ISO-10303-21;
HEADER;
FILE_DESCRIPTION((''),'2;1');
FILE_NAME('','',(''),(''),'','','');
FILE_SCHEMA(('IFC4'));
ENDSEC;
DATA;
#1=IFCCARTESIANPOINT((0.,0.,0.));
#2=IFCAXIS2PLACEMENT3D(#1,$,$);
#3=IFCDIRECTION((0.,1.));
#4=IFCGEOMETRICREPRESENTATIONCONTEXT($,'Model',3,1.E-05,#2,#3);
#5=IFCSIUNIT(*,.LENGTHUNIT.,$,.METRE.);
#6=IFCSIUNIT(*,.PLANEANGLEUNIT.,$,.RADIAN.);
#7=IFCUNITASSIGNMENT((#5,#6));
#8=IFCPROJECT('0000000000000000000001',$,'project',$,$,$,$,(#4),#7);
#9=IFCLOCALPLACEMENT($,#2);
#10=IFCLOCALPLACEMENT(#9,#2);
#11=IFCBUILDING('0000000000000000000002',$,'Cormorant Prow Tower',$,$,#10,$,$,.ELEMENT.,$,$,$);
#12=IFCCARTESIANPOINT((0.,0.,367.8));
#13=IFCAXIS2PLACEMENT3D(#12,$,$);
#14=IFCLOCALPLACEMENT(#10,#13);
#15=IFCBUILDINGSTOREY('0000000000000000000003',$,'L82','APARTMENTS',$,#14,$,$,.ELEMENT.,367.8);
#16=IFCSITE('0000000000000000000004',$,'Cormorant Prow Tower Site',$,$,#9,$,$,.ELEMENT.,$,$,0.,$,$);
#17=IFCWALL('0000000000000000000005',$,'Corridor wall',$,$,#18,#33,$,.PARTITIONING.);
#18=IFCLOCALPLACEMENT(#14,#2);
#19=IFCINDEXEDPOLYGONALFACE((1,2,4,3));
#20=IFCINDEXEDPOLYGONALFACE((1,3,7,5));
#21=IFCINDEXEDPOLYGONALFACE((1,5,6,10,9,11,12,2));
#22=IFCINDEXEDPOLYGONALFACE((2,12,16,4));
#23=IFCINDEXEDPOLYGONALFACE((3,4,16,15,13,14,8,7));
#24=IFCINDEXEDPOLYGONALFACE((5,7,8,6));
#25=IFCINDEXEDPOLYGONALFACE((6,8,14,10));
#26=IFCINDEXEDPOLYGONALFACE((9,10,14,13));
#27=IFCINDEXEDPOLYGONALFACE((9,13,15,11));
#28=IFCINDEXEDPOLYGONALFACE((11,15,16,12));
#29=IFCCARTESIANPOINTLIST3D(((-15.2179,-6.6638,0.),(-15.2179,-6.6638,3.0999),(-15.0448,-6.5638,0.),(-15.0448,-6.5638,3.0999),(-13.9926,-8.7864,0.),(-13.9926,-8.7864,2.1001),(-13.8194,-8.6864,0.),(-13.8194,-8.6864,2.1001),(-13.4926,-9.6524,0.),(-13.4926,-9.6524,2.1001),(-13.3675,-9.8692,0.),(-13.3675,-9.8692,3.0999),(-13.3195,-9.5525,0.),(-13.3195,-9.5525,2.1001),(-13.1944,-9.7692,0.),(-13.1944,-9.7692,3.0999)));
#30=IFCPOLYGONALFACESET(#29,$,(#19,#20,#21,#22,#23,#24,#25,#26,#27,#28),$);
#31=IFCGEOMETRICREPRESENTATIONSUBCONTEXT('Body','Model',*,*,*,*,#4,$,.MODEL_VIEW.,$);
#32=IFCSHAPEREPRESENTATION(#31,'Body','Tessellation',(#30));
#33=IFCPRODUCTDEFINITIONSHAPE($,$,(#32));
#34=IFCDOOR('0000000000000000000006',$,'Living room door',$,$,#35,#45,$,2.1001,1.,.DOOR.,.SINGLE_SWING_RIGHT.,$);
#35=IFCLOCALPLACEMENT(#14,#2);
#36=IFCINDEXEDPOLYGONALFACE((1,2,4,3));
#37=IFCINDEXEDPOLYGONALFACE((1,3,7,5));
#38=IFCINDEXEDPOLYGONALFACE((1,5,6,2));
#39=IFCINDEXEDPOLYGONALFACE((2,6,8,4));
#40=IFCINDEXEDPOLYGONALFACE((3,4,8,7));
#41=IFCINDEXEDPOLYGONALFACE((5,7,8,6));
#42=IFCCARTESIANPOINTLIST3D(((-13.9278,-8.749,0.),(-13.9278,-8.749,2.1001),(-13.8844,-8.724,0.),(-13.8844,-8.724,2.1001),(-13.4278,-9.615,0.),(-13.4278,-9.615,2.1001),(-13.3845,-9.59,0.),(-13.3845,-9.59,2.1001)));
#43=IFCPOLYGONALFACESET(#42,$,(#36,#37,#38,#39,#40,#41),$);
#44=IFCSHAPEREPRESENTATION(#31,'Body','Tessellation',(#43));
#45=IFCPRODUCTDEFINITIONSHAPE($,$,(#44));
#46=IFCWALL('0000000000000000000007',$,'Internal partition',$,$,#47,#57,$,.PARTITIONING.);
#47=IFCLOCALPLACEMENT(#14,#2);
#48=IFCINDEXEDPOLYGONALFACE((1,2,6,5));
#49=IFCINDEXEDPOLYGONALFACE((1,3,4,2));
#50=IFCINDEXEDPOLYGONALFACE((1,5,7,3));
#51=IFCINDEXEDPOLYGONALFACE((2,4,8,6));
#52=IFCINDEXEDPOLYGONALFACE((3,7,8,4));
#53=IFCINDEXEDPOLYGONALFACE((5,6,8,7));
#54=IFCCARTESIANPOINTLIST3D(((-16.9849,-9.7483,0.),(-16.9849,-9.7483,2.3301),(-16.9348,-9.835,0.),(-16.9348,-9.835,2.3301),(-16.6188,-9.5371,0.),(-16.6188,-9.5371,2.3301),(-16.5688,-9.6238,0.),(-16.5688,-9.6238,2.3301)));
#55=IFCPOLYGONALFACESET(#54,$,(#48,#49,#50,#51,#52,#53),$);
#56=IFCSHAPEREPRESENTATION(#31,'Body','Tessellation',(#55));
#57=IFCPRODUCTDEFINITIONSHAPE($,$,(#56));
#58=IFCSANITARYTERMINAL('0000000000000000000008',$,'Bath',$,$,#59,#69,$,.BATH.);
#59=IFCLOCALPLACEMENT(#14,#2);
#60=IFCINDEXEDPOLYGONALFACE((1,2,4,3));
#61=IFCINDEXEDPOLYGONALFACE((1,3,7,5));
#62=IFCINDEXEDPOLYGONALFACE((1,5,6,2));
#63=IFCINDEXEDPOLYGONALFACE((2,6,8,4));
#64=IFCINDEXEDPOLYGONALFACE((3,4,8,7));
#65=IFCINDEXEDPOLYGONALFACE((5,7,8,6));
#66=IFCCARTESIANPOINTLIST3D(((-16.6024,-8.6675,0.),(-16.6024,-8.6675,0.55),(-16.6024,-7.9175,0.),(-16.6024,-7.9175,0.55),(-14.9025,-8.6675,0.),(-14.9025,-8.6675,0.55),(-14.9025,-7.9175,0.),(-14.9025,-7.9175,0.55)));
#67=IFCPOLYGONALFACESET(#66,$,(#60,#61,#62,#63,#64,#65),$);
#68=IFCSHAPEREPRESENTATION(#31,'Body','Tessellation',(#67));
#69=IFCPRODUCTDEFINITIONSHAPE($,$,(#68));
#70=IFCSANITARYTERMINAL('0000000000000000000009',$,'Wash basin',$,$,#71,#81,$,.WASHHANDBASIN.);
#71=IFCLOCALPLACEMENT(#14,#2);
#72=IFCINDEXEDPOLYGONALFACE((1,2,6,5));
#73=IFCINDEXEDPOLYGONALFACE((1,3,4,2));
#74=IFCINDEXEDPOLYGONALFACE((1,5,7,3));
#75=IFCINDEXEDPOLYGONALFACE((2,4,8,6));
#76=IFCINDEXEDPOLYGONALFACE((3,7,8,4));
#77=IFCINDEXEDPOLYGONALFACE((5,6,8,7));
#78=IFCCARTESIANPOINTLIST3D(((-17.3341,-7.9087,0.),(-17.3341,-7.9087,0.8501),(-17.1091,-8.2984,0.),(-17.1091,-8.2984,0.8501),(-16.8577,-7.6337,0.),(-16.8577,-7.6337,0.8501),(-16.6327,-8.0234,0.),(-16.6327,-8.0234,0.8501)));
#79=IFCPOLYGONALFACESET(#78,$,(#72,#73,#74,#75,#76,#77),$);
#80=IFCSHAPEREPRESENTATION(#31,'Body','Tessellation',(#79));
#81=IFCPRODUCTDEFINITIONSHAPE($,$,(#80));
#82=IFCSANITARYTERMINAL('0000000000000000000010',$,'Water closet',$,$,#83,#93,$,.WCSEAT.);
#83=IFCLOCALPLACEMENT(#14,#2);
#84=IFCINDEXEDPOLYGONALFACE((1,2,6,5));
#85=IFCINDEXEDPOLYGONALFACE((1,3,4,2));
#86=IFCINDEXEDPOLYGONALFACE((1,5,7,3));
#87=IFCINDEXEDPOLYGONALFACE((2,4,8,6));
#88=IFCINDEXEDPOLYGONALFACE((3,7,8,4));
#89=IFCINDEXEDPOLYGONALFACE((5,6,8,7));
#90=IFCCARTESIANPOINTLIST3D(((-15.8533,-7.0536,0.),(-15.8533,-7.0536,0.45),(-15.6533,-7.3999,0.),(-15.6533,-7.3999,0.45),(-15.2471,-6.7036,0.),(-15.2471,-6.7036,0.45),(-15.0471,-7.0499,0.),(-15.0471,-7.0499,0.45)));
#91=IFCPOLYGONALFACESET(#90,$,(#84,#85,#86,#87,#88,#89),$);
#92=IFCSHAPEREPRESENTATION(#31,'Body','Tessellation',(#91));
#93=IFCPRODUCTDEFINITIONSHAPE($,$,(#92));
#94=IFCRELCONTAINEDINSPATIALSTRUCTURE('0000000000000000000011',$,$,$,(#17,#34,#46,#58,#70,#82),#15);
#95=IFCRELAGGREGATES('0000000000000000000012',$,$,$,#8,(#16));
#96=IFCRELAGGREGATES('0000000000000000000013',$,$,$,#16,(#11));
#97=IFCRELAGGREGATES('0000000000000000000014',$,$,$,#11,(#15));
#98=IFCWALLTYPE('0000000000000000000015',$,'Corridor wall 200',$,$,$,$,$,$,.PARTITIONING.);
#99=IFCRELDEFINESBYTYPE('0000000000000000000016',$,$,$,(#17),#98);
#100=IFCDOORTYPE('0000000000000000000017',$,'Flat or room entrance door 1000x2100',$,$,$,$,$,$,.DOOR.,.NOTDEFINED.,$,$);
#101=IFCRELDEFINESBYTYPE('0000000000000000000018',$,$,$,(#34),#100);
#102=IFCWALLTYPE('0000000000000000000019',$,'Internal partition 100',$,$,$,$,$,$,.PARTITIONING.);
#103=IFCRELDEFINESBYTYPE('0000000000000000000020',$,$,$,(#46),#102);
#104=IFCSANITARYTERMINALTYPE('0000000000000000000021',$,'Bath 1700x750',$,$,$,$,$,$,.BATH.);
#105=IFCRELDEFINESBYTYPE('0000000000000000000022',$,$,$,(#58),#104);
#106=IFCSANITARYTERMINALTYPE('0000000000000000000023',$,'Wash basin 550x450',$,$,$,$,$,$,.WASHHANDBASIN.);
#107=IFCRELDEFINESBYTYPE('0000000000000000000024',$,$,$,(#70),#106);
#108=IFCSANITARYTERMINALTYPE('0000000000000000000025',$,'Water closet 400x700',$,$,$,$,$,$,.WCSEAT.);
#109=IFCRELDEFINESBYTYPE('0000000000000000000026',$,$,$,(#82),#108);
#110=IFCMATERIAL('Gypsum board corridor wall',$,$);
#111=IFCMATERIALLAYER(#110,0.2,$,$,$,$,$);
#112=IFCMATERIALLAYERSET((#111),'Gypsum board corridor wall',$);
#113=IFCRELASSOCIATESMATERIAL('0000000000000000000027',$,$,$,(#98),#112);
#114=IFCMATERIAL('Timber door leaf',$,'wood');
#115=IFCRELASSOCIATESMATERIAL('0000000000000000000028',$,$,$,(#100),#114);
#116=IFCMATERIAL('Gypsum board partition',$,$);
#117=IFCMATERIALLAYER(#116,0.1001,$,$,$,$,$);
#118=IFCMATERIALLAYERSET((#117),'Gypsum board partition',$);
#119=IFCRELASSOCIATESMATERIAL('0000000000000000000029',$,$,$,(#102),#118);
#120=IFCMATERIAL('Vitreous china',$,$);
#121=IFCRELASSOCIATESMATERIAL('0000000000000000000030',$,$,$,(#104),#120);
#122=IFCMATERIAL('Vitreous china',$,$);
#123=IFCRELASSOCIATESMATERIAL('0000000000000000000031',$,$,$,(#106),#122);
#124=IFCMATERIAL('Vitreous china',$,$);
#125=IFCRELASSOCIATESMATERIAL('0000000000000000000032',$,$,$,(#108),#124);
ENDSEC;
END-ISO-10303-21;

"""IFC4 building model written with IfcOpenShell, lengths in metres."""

from ifc_helpers import new_model, si_unit, direction, frame, frame_2d, origin, origin_2d, place, context, subcontext, project, spatial, rectangle, extrude, material, layer, layer_set, type_object, element, fill, save


model = new_model("IFC4")

# Units and contexts
model_context = context("Model", 3, precision=1e-05, world=origin(), true_north=direction((0.0, 1.0)))
body_context = subcontext(model_context, "Body", "Model", "MODEL_VIEW")
ifc_project = project(units=[si_unit("LENGTHUNIT", "METRE"), si_unit("PLANEANGLEUNIT", "RADIAN")], contexts=[model_context])

# Site, building, storey
site_placement = place(None, origin())
site = spatial("IfcSite", under=ifc_project, at=site_placement, Name="Cormorant Prow Tower Site", CompositionType="ELEMENT", RefElevation=0.0)
building_placement = place(site_placement, origin())
building = spatial("IfcBuilding", under=site, at=building_placement, Name="Cormorant Prow Tower", CompositionType="ELEMENT")
storey_placement = place(building_placement, frame((0.0, 0.0, 367.8)))
storey = spatial("IfcBuildingStorey", under=building, at=storey_placement, Name="L82", Description="APARTMENTS", CompositionType="ELEMENT", Elevation=367.8)

# Shared definitions
ifc_material_1 = material(Name="Gypsum board corridor wall")
ifc_layer_1 = layer(ifc_material_1, 0.2)
ifc_layer_set_1 = layer_set([ifc_layer_1], Name="Gypsum board corridor wall")
wall_type_1 = type_object("IfcWallType", Name="Corridor wall 200", PredefinedType="PARTITIONING", material=ifc_layer_set_1)
ifc_material_2 = material(Name="Timber door leaf", Category="wood")
door_type_1 = type_object("IfcDoorType", Name="Flat or room entrance door 1000x2100", OperationType="NOTDEFINED", PredefinedType="DOOR", material=ifc_material_2)

# Wall, opening, door
wall_1_placement = place(storey_placement, frame((-15.1313, -6.6138, 0.0), z_axis=(0.0, 0.0, 1.0), x_axis=(0.499949, -0.866055, 0.0)))
wall_1 = element("IfcWall", 1, at=wall_1_placement, inside=storey, type_object=wall_type_1, Name="Corridor wall", PredefinedType="PARTITIONING", context=body_context, shape_type="SweptSolid", body=[
    extrude(rectangle(XDim=3.7012, YDim=0.2, at=frame_2d((1.8506, 0.0))), origin(), (0.0, 0.0, 1.0), 3.0999),
])
opening_1_placement = place(wall_1_placement, frame((2.4509, 0.0, 0.0)))
opening_1 = element("IfcOpeningElement", 2, at=opening_1_placement, cuts=wall_1, PredefinedType="OPENING", context=body_context, shape_type="SweptSolid", body=[
    extrude(rectangle(XDim=1.0, YDim=2.1001, at=frame_2d((0.5, 1.05))), frame((0.0, 0.1099, 0.0), z_axis=(0.0, -1.0, 0.0), x_axis=(1.0, 0.0, 0.0)), (0.0, 0.0, 1.0), 0.22),
])
door_1_placement = place(opening_1_placement, origin())
door_1 = element("IfcDoor", 3, at=door_1_placement, inside=storey, type_object=door_type_1, Name="Living room door", OperationType="SINGLE_SWING_RIGHT", OverallHeight=2.1001, OverallWidth=1.0, PredefinedType="DOOR", context=body_context, shape_type="SweptSolid", body=[
    extrude(rectangle(XDim=1.0, YDim=2.1001, at=frame_2d((0.5, 1.05))), frame((0.0, 0.0249, 0.0), z_axis=(0.0, -1.0, 0.0), x_axis=(1.0, 0.0, 0.0)), (0.0, 0.0, 1.0), 0.05),
])
fill(opening_1, door_1)

# Wall
ifc_material_3 = material(Name="Gypsum board partition")
ifc_layer_2 = layer(ifc_material_3, 0.1001)
ifc_layer_set_2 = layer_set([ifc_layer_2], Name="Gypsum board partition")
wall_type_2 = type_object("IfcWallType", Name="Internal partition 100", PredefinedType="PARTITIONING", material=ifc_layer_set_2)
wall_2_placement = place(storey_placement, frame((-16.96, -9.7917, 0.0), z_axis=(0.0, 0.0, 1.0), x_axis=(0.866137, 0.499806, 0.0)))
element("IfcWall", 4, at=wall_2_placement, inside=storey, type_object=wall_type_2, Name="Internal partition", PredefinedType="PARTITIONING", context=body_context, shape_type="SweptSolid", body=[
    extrude(rectangle(XDim=0.4226, YDim=0.1001, at=frame_2d((0.2114, 0.0))), origin(), (0.0, 0.0, 1.0), 2.3301),
])

# Sanitary terminals
ifc_material_4 = material(Name="Vitreous china")
sanitary_terminal_type_1 = type_object("IfcSanitaryTerminalType", Name="Bath 1700x750", PredefinedType="BATH", material=ifc_material_4)
sanitary_terminal_1_placement = place(storey_placement, frame((-15.7524, -8.2925, 0.0), z_axis=(0.0, 0.0, 1.0), x_axis=(1.0, 0.0, 0.0)))
element("IfcSanitaryTerminal", 5, at=sanitary_terminal_1_placement, inside=storey, type_object=sanitary_terminal_type_1, Name="Bath", PredefinedType="BATH", context=body_context, shape_type="SweptSolid", body=[
    extrude(rectangle(XDim=1.7, YDim=0.75, at=origin_2d()), origin(), (0.0, 0.0, 1.0), 0.55),
])
ifc_material_5 = material(Name="Vitreous china")
sanitary_terminal_type_2 = type_object("IfcSanitaryTerminalType", Name="Wash basin 550x450", PredefinedType="WASHHANDBASIN", material=ifc_material_5)
sanitary_terminal_2_placement = place(storey_placement, frame((-16.9834, -7.9661, 0.0), z_axis=(0.0, 0.0, 1.0), x_axis=(0.866025, 0.5, 0.0)))
element("IfcSanitaryTerminal", 6, at=sanitary_terminal_2_placement, inside=storey, type_object=sanitary_terminal_type_2, Name="Wash basin", PredefinedType="WASHHANDBASIN", context=body_context, shape_type="SweptSolid", body=[
    extrude(rectangle(XDim=0.55, YDim=0.45, at=origin_2d()), origin(), (0.0, 0.0, 1.0), 0.8501),
])
ifc_material_6 = material(Name="Vitreous china")
sanitary_terminal_type_3 = type_object("IfcSanitaryTerminalType", Name="Water closet 400x700", PredefinedType="WCSEAT", material=ifc_material_6)
sanitary_terminal_3_placement = place(storey_placement, frame((-15.4502, -7.0518, 0.0), z_axis=(0.0, 0.0, 1.0), x_axis=(0.5, -0.866025, 0.0)))
element("IfcSanitaryTerminal", 7, at=sanitary_terminal_3_placement, inside=storey, type_object=sanitary_terminal_type_3, Name="Water closet", PredefinedType="WCSEAT", context=body_context, shape_type="SweptSolid", body=[
    extrude(rectangle(XDim=0.3999, YDim=0.7, at=origin_2d()), origin(), (0.0, 0.0, 1.0), 0.45),
])

save(model, "model.ifc")
